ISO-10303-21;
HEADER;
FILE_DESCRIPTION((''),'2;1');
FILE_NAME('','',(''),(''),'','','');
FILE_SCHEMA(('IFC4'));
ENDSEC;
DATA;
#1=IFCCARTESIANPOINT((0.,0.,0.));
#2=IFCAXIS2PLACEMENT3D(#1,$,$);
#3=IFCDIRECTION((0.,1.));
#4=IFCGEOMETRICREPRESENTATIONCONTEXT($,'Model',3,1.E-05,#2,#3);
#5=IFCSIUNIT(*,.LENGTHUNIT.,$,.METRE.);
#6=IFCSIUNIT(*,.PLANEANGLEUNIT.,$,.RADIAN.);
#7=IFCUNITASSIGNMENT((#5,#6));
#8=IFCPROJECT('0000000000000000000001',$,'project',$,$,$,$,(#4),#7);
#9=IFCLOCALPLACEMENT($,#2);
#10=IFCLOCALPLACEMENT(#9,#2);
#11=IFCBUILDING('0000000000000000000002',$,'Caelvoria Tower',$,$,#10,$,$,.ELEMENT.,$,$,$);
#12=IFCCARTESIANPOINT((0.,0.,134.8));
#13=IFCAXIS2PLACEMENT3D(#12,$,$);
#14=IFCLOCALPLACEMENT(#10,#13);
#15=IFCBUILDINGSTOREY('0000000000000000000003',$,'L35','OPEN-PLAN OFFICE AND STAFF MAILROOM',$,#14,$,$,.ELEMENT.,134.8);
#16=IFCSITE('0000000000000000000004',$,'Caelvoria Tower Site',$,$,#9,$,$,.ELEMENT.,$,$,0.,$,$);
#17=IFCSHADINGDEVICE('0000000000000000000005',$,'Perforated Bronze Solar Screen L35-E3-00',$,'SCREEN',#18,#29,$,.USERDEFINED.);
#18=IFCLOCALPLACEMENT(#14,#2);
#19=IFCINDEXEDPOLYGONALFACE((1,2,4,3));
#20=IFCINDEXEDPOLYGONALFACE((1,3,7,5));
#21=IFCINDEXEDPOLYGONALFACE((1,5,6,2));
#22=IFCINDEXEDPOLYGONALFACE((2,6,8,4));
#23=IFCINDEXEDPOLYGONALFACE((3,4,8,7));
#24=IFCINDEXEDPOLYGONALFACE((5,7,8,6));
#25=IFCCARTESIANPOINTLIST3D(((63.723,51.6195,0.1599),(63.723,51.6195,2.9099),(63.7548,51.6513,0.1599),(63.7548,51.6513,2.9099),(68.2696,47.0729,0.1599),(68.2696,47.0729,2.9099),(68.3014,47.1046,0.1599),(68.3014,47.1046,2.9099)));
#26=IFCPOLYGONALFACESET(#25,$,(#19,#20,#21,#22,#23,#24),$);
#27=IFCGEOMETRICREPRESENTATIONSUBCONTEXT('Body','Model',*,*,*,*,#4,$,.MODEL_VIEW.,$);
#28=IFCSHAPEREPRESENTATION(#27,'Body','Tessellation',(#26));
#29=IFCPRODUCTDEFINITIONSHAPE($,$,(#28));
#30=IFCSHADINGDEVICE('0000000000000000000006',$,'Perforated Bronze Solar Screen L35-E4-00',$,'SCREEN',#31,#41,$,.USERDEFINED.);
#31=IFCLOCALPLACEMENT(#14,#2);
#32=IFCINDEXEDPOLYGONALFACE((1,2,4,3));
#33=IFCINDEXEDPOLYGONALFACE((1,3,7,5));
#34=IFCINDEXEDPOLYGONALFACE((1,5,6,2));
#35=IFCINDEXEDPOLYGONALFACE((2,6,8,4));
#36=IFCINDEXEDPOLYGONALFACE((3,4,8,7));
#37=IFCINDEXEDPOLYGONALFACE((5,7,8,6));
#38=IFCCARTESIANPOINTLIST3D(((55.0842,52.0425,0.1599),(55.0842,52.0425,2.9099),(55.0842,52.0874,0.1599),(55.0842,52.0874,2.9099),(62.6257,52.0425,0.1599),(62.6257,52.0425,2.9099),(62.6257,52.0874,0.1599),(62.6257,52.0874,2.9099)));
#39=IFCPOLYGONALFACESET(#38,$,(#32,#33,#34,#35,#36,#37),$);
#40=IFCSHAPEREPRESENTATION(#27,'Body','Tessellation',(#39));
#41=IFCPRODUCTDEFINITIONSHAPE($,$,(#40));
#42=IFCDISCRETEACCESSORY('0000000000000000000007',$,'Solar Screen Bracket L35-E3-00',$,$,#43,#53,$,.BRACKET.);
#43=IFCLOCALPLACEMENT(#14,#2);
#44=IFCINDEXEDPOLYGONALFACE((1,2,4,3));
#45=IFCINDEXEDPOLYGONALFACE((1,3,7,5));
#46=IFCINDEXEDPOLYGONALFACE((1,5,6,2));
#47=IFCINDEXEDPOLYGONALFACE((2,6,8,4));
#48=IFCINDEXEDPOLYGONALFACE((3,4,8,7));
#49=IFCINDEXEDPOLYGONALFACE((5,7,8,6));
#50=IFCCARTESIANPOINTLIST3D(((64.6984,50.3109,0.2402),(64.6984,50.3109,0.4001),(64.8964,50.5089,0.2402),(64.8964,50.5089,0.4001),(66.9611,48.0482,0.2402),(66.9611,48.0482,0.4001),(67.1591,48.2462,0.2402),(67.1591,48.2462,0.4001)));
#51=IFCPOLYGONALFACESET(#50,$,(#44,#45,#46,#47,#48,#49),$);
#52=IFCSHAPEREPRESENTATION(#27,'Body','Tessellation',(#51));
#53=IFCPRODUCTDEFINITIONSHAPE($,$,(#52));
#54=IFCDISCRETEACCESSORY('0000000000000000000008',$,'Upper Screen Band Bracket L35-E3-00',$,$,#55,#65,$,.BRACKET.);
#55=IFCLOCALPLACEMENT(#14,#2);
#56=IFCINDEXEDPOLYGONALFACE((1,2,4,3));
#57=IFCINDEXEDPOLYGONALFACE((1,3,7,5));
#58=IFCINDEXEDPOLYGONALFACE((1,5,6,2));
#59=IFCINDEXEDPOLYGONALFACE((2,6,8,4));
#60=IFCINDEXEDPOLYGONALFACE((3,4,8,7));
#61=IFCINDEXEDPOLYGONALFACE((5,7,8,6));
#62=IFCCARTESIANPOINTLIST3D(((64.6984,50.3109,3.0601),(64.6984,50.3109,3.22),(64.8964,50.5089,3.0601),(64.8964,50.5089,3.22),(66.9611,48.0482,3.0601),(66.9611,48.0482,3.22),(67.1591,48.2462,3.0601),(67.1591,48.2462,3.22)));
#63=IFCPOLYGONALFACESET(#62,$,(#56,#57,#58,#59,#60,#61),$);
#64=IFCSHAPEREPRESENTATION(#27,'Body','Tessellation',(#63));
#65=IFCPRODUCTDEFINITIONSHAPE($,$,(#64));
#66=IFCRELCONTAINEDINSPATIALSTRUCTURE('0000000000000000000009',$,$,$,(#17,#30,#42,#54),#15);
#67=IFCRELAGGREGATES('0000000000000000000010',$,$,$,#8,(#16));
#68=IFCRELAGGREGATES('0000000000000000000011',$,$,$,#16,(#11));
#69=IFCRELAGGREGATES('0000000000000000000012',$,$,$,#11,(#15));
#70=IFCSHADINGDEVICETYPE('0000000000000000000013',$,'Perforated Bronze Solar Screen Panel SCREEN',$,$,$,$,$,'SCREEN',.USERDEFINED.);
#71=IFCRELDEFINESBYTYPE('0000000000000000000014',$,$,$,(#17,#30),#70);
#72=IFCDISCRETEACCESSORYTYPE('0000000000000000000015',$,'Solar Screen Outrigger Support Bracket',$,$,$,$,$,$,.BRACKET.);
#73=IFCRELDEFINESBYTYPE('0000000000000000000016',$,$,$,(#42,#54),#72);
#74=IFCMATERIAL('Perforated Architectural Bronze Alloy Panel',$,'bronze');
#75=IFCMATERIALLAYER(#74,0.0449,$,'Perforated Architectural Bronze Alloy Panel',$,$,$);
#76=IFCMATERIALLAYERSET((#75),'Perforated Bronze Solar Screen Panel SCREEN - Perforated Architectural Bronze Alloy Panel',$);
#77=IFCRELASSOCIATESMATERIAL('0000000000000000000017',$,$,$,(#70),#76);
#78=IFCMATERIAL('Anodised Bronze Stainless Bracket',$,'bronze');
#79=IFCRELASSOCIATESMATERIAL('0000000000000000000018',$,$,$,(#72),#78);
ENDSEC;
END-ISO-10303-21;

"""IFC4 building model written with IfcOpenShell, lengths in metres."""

from ifc_helpers import new_model, si_unit, direction, frame, origin, origin_2d, place, context, subcontext, project, spatial, rectangle, extrude, material, layer, layer_set, type_object, element, save


model = new_model("IFC4")

# Units and contexts
model_context = context("Model", 3, precision=1e-05, world=origin(), true_north=direction((0.0, 1.0)))
body_context = subcontext(model_context, "Body", "Model", "MODEL_VIEW")
ifc_project = project(units=[si_unit("LENGTHUNIT", "METRE"), si_unit("PLANEANGLEUNIT", "RADIAN")], contexts=[model_context])

# Site, building, storey
site_placement = place(None, origin())
site = spatial("IfcSite", under=ifc_project, at=site_placement, Name="Caelvoria Tower Site", CompositionType="ELEMENT", RefElevation=0.0)
building_placement = place(site_placement, origin())
building = spatial("IfcBuilding", under=site, at=building_placement, Name="Caelvoria Tower", CompositionType="ELEMENT")
storey_placement = place(building_placement, frame((0.0, 0.0, 134.8)))
storey = spatial("IfcBuildingStorey", under=building, at=storey_placement, Name="L35", Description="OPEN-PLAN OFFICE AND STAFF MAILROOM", CompositionType="ELEMENT", Elevation=134.8)

# Shading devices
ifc_material_1 = material(Name="Perforated Architectural Bronze Alloy Panel", Category="bronze")
ifc_layer_1 = layer(ifc_material_1, 0.0449, Name="Perforated Architectural Bronze Alloy Panel")
ifc_layer_set_1 = layer_set([ifc_layer_1], Name="Perforated Bronze Solar Screen Panel SCREEN - Perforated Architectural Bronze Alloy Panel")
shading_device_type = type_object("IfcShadingDeviceType", Name="Perforated Bronze Solar Screen Panel SCREEN", ElementType="SCREEN", PredefinedType="USERDEFINED", material=ifc_layer_set_1)
shading_device_1_placement = place(storey_placement, frame((66.0122, 49.3621, 0.1599), z_axis=(0.0, 0.0, 1.0), x_axis=(-0.707107, 0.707107, 0.0)))
element("IfcShadingDevice", 1, at=shading_device_1_placement, inside=storey, type_object=shading_device_type, Name="Perforated Bronze Solar Screen L35-E3-00", ObjectType="SCREEN", PredefinedType="USERDEFINED", context=body_context, shape_type="SweptSolid", body=[
    extrude(rectangle(XDim=6.4299, YDim=0.0449, at=origin_2d()), origin(), (0.0, 0.0, 1.0), 2.75),
])
shading_device_2_placement = place(storey_placement, frame((58.855, 52.0649, 0.1599), z_axis=(0.0, 0.0, 1.0), x_axis=(-1.0, 0.0, 0.0)))
element("IfcShadingDevice", 2, at=shading_device_2_placement, inside=storey, type_object=shading_device_type, Name="Perforated Bronze Solar Screen L35-E4-00", ObjectType="SCREEN", PredefinedType="USERDEFINED", context=body_context, shape_type="SweptSolid", body=[
    extrude(rectangle(XDim=7.5415, YDim=0.0449, at=origin_2d()), origin(), (0.0, 0.0, 1.0), 2.75),
])

# Discrete accessories
ifc_material_2 = material(Name="Anodised Bronze Stainless Bracket", Category="bronze")
discrete_accessory_type = type_object("IfcDiscreteAccessoryType", Name="Solar Screen Outrigger Support Bracket", PredefinedType="BRACKET", material=ifc_material_2)
for number, where, z_axis, x_axis, name in (
    (3, (65.9287, 49.2786, 0.2402), (0.0, 0.0, 1.0), (-0.707107, 0.707107, 0.0), "Solar Screen Bracket L35-E3-00"),
    (4, (65.9287, 49.2786, 3.0601), (0.0, 0.0, 1.0), (-0.707107, 0.707107, 0.0), "Upper Screen Band Bracket L35-E3-00"),
):
    element("IfcDiscreteAccessory", number, at=place(storey_placement, frame(where, z_axis=z_axis, x_axis=x_axis)), inside=storey, type_object=discrete_accessory_type, Name=name, PredefinedType="BRACKET", context=body_context, shape_type="SweptSolid", body=[
        extrude(rectangle(XDim=3.2, YDim=0.28, at=origin_2d()), origin(), (0.0, 0.0, 1.0), 0.1599),
    ])

save(model, "model.ifc")
